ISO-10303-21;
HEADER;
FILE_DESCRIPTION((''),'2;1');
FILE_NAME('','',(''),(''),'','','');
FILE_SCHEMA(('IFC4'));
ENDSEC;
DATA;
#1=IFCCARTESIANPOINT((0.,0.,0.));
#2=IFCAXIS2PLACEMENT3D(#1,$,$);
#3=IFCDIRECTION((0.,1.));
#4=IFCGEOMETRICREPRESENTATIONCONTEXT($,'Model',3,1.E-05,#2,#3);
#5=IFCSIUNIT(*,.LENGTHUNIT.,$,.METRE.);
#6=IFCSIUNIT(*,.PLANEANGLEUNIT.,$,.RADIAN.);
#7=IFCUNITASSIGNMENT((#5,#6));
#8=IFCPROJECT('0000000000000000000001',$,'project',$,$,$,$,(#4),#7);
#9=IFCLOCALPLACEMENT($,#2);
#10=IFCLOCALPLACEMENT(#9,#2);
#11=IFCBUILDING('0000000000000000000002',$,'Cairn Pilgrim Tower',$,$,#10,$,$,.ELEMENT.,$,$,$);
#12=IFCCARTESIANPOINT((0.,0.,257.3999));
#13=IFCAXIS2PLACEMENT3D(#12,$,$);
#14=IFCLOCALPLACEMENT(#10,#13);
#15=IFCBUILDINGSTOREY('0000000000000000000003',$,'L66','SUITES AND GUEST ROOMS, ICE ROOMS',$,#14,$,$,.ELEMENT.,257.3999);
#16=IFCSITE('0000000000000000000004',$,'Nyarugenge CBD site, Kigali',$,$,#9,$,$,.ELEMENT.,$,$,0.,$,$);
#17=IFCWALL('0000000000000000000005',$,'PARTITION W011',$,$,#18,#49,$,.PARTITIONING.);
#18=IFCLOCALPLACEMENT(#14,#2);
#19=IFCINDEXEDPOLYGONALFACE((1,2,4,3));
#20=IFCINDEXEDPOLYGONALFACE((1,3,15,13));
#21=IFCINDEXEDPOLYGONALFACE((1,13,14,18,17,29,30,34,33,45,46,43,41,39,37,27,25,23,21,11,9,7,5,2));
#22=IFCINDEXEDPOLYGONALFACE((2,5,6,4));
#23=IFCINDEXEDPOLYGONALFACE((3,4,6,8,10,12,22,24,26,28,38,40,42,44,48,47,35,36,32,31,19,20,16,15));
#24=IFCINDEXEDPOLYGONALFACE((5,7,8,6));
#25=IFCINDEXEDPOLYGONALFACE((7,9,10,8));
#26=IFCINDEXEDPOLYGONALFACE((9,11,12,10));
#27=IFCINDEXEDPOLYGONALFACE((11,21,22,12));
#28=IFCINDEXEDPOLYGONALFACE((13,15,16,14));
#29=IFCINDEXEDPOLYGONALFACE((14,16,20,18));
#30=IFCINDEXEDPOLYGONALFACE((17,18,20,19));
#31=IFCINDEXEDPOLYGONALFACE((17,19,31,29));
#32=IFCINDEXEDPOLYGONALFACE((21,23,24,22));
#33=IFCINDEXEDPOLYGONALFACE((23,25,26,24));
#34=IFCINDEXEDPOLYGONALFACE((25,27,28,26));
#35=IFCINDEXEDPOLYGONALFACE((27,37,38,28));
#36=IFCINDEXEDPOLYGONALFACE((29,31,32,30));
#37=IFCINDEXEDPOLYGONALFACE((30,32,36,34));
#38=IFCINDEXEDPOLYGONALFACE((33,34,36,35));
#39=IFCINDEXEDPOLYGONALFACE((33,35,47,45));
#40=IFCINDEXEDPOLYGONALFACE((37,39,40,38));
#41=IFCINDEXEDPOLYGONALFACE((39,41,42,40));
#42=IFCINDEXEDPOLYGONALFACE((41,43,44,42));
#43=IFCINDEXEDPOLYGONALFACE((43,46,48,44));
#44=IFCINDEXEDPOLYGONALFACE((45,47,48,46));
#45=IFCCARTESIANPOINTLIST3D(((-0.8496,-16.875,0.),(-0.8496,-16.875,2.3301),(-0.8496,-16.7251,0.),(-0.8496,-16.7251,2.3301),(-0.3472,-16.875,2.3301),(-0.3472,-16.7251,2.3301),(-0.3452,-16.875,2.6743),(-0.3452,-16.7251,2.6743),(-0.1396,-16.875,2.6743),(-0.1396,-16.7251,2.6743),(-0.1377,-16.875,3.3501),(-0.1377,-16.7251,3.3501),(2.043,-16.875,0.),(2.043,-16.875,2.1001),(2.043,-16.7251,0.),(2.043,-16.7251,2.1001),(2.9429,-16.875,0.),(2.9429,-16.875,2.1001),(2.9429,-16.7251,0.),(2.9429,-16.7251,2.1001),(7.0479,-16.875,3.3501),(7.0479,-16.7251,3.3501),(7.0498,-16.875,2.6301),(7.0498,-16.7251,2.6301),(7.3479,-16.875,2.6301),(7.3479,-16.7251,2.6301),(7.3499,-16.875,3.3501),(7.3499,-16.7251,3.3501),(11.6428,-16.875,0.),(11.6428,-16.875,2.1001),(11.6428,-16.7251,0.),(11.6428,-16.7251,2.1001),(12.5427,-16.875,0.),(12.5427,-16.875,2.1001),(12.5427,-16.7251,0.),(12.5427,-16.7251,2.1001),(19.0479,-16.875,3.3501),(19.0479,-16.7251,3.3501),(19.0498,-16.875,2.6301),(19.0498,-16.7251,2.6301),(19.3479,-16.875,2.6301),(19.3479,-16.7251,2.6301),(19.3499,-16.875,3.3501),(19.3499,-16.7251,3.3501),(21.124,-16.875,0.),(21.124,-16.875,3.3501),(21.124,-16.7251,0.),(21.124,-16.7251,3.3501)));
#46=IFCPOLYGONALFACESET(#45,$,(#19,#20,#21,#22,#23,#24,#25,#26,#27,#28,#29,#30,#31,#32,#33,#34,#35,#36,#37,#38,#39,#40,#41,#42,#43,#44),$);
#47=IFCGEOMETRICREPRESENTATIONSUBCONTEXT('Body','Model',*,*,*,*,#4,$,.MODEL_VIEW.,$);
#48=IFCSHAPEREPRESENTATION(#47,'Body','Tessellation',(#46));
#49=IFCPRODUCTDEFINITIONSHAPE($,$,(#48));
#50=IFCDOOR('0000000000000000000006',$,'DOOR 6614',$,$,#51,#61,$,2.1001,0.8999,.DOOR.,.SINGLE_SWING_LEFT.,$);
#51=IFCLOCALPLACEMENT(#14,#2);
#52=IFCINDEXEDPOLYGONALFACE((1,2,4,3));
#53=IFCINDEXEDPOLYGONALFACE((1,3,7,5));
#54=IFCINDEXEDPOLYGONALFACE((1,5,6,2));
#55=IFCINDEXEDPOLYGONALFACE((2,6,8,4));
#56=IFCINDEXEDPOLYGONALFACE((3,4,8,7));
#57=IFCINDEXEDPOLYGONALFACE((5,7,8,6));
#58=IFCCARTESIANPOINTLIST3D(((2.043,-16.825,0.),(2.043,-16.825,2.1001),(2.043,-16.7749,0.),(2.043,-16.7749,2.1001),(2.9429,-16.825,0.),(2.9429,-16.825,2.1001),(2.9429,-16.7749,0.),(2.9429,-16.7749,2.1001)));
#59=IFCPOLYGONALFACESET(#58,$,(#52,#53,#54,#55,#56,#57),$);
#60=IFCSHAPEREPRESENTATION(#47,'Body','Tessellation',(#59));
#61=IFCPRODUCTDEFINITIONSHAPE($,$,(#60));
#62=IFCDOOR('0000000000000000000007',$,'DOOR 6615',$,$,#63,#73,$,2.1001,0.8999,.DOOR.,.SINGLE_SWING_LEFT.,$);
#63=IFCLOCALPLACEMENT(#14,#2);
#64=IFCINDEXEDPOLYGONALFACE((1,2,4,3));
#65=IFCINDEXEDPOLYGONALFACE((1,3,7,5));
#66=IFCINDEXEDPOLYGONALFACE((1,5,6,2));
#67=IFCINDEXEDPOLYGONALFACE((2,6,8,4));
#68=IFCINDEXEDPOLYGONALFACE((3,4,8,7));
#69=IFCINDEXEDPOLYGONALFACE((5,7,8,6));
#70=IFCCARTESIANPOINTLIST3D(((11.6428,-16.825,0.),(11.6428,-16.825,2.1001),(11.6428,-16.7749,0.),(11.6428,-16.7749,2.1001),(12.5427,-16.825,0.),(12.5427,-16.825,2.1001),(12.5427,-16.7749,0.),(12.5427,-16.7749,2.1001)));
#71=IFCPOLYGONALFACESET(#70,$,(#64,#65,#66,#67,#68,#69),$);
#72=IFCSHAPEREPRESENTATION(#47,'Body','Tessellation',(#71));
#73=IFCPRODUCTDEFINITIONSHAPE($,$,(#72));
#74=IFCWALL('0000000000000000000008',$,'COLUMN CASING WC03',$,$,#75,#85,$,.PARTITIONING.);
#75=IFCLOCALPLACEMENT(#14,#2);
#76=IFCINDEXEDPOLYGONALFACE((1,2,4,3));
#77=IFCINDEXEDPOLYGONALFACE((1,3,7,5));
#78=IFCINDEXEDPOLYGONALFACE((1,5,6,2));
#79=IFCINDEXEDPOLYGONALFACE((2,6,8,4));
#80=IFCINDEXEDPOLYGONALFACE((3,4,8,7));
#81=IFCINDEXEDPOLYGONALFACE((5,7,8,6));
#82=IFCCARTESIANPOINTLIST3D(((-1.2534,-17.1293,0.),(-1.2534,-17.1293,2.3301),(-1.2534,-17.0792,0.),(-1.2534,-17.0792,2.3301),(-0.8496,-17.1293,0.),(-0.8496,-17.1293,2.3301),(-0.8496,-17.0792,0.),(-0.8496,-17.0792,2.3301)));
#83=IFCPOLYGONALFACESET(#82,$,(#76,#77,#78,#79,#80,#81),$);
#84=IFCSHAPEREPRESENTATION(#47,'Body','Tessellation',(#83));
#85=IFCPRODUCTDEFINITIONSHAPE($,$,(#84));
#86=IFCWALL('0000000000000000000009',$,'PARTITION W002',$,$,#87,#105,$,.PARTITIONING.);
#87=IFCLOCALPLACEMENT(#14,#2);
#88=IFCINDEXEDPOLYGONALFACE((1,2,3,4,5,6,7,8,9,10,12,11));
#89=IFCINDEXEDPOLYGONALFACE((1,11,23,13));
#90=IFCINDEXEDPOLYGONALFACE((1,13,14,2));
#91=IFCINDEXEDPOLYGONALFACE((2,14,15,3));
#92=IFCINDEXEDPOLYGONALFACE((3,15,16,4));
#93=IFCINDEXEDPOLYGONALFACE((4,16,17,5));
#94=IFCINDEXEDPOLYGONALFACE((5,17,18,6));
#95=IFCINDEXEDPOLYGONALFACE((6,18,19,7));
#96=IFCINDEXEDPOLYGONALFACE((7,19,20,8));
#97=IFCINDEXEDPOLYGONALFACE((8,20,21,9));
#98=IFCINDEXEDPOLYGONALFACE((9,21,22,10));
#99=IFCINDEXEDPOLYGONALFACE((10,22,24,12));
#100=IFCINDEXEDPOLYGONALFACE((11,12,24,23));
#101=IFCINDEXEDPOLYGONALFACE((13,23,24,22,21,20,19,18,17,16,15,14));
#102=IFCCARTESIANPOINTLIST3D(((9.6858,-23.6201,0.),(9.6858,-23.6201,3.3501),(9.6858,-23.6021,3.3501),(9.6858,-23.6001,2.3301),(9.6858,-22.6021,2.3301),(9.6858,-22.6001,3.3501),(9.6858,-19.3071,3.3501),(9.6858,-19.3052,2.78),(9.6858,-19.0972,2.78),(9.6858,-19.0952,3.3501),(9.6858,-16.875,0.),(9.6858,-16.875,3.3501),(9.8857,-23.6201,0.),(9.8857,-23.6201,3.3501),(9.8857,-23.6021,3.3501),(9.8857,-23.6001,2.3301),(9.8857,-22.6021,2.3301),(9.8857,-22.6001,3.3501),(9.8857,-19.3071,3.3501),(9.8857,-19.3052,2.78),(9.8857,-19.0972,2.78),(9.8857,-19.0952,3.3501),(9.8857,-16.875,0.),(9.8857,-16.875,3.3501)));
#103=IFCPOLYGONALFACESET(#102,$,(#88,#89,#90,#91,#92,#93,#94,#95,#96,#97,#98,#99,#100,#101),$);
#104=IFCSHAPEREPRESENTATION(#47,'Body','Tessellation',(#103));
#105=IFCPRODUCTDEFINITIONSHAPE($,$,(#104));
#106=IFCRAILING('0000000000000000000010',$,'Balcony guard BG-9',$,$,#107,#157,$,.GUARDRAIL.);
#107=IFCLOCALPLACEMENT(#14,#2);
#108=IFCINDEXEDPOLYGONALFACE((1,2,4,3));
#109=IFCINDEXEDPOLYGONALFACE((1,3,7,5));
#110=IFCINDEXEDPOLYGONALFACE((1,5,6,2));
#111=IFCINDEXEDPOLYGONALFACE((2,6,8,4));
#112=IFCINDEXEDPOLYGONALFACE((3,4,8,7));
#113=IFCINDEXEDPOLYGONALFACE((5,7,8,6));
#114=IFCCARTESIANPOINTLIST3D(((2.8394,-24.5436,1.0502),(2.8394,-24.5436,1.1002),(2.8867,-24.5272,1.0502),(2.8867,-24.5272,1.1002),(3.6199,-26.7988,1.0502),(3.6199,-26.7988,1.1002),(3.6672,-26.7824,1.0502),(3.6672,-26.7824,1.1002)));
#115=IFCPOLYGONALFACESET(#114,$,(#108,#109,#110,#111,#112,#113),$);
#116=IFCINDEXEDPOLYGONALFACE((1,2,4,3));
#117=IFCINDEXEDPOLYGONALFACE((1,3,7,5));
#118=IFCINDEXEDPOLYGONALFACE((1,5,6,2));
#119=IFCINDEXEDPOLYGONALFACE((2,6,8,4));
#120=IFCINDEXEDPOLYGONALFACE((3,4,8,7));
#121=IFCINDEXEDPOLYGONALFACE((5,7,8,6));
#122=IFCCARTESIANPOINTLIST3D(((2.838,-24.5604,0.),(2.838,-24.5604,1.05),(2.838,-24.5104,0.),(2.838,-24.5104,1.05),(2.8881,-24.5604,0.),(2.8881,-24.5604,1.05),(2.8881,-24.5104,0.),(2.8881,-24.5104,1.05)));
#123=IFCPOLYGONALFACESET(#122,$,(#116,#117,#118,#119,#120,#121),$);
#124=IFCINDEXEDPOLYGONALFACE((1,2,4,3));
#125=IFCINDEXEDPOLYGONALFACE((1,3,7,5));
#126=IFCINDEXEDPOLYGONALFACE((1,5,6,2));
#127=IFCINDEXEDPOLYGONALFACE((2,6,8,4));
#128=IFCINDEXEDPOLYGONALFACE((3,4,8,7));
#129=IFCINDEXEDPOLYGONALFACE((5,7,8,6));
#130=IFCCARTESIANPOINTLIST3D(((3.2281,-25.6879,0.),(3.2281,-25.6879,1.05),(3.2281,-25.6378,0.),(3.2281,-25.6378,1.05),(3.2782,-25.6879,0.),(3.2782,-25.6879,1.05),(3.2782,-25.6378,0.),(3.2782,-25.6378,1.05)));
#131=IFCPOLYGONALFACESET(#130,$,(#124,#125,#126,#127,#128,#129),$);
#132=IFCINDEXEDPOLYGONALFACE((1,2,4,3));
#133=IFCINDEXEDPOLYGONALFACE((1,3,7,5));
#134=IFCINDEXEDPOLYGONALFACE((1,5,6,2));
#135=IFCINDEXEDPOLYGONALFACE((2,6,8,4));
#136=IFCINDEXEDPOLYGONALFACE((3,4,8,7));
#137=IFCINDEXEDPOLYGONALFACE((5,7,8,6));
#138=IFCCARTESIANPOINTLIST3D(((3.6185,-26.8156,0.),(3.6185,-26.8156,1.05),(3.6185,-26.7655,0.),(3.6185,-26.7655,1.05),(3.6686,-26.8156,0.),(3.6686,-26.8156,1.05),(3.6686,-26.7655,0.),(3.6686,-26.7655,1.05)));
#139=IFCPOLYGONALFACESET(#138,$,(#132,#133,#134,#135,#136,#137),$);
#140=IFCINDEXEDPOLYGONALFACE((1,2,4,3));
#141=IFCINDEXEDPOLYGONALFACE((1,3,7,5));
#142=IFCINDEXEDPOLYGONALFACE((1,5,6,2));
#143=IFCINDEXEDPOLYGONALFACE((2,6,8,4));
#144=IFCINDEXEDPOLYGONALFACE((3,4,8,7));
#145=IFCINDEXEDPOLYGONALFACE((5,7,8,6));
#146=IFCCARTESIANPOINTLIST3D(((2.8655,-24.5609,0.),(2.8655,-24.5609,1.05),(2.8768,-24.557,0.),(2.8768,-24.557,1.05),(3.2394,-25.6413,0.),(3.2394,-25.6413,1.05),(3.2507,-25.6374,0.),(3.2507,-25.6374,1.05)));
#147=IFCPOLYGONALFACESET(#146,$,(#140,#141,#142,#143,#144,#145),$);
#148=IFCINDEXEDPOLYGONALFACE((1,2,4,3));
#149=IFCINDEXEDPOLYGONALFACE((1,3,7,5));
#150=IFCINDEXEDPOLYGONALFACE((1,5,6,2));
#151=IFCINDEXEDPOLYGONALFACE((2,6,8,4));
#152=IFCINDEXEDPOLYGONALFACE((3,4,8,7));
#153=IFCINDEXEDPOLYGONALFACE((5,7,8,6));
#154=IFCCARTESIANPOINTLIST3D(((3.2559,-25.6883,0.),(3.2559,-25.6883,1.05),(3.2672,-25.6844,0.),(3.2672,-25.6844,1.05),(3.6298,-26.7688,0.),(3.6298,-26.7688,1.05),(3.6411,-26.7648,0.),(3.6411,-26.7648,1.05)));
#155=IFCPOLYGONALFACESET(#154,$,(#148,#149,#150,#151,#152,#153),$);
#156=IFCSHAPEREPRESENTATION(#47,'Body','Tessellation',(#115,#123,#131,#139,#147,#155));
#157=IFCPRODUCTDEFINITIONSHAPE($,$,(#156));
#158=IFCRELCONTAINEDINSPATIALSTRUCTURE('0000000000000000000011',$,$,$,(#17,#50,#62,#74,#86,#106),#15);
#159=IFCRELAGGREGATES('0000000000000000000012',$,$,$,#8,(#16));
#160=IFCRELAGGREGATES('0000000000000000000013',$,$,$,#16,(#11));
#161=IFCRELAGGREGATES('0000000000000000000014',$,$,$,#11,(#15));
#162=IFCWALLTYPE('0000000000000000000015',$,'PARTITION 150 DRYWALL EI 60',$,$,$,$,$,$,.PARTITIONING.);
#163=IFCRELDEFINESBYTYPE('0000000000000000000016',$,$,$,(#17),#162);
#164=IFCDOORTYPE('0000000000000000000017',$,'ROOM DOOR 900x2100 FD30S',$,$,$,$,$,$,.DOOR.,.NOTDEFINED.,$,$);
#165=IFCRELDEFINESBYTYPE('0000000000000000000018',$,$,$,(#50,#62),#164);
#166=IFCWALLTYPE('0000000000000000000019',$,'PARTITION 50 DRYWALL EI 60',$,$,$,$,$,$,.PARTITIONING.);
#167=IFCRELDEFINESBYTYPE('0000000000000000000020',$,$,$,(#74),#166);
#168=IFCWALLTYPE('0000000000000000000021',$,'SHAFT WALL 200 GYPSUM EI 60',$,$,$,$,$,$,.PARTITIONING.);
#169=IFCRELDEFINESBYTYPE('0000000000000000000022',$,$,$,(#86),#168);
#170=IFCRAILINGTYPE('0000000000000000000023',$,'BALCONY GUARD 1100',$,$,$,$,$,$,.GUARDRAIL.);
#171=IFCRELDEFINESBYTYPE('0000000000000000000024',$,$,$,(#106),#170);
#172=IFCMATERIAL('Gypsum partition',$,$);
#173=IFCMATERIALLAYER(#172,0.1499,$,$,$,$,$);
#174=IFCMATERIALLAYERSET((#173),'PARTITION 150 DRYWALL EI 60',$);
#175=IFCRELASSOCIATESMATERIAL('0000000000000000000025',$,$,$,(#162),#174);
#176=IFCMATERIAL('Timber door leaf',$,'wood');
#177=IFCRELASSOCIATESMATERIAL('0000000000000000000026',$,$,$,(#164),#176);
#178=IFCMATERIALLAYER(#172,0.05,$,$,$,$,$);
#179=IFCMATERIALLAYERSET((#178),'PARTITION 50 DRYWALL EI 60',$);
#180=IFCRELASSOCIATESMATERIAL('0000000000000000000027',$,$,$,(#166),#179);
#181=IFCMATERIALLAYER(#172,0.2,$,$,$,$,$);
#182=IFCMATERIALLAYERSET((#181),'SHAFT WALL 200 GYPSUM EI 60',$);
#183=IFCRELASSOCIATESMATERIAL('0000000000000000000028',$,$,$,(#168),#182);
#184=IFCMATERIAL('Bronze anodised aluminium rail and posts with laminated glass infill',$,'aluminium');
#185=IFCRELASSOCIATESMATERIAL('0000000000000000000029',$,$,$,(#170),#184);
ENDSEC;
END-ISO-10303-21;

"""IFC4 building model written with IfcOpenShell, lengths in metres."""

from ifc_helpers import new_model, si_unit, direction, frame, frame_2d, origin, origin_2d, place, context, subcontext, project, spatial, polyline, rectangle, outline, extrude, material, layer, layer_set, type_object, element, fill, save


model = new_model("IFC4")

# Units and contexts
model_context = context("Model", 3, precision=1e-05, world=origin(), true_north=direction((0.0, 1.0)))
body_context = subcontext(model_context, "Body", "Model", "MODEL_VIEW")
ifc_project = project(units=[si_unit("LENGTHUNIT", "METRE"), si_unit("PLANEANGLEUNIT", "RADIAN")], contexts=[model_context])

# Site, building, storey
site_placement = place(None, origin())
site = spatial("IfcSite", under=ifc_project, at=site_placement, Name="Nyarugenge CBD site, Kigali", CompositionType="ELEMENT", RefElevation=0.0)
building_placement = place(site_placement, origin())
building = spatial("IfcBuilding", under=site, at=building_placement, Name="Cairn Pilgrim Tower", CompositionType="ELEMENT")
storey_placement = place(building_placement, frame((0.0, 0.0, 257.3999)))
storey = spatial("IfcBuildingStorey", under=building, at=storey_placement, Name="L66", Description="SUITES AND GUEST ROOMS, ICE ROOMS", CompositionType="ELEMENT", Elevation=257.3999)

# Shared definitions
ifc_material_1 = material(Name="Gypsum partition")
ifc_material_2 = material(Name="Timber door leaf", Category="wood")

# Wall, openings, doors
ifc_layer_1 = layer(ifc_material_1, 0.1499)
ifc_layer_set_1 = layer_set([ifc_layer_1], Name="PARTITION 150 DRYWALL EI 60")
wall_type_1 = type_object("IfcWallType", Name="PARTITION 150 DRYWALL EI 60", PredefinedType="PARTITIONING", material=ifc_layer_set_1)
wall_1_placement = place(storey_placement, frame((-0.8496, -16.8, 0.0), z_axis=(0.0, 0.0, 1.0), x_axis=(1.0, 0.0, 0.0)))
wall_1 = element("IfcWall", 1, at=wall_1_placement, inside=storey, type_object=wall_type_1, Name="PARTITION W011", PredefinedType="PARTITIONING", context=body_context, shape_type="SweptSolid", body=[
    extrude(outline(polyline([(0.0, 0.0), (21.9736, 0.0), (21.9736, 3.3501), (20.1995, 3.3501), (20.1975, 2.6301), (19.8994, 2.6301), (19.8975, 3.3501), (8.1995, 3.3501), (8.1975, 2.6301), (7.8994, 2.6301), (7.8975, 3.3501), (0.7119, 3.3501), (0.71, 2.6743), (0.5044, 2.6743), (0.5024, 2.3301), (0.0, 2.3301), (0.0, 0.0)])), frame((0.0, 0.075, 0.0), z_axis=(0.0, -1.0, 0.0), x_axis=(1.0, 0.0, 0.0)), (0.0, 0.0, 1.0), 0.1499),
])
opening_1_placement = place(wall_1_placement, frame((2.8926, 0.0, 0.0)))
opening_1 = element("IfcOpeningElement", 2, at=opening_1_placement, cuts=wall_1, PredefinedType="OPENING", context=body_context, shape_type="SweptSolid", body=[
    extrude(rectangle(XDim=0.8999, YDim=2.1001, at=frame_2d((0.45, 1.05))), frame((0.0, 0.085, 0.0), z_axis=(0.0, -1.0, 0.0), x_axis=(1.0, 0.0, 0.0)), (0.0, 0.0, 1.0), 0.1699),
])
opening_2_placement = place(wall_1_placement, frame((12.4924, 0.0, 0.0)))
opening_2 = element("IfcOpeningElement", 3, at=opening_2_placement, cuts=wall_1, PredefinedType="OPENING", context=body_context, shape_type="SweptSolid", body=[
    extrude(rectangle(XDim=0.8999, YDim=2.1001, at=frame_2d((0.45, 1.05))), frame((0.0, 0.085, 0.0), z_axis=(0.0, -1.0, 0.0), x_axis=(1.0, 0.0, 0.0)), (0.0, 0.0, 1.0), 0.1699),
])
door_type_1 = type_object("IfcDoorType", Name="ROOM DOOR 900x2100 FD30S", OperationType="NOTDEFINED", PredefinedType="DOOR", material=ifc_material_2)
door_1_placement = place(opening_1_placement, frame((0.8999, 0.0, 0.0), z_axis=(0.0, 0.0, 1.0), x_axis=(-1.0, 0.0, 0.0)))
door_1 = element("IfcDoor", 4, at=door_1_placement, inside=storey, type_object=door_type_1, Name="DOOR 6614", OperationType="SINGLE_SWING_LEFT", OverallHeight=2.1001, OverallWidth=0.8999, PredefinedType="DOOR", context=body_context, shape_type="SweptSolid", body=[
    extrude(rectangle(XDim=0.8999, YDim=2.1001, at=frame_2d((0.45, 1.05))), frame((0.0, 0.0249, 0.0), z_axis=(0.0, -1.0, 0.0), x_axis=(1.0, 0.0, 0.0)), (0.0, 0.0, 1.0), 0.05),
])
fill(opening_1, door_1)
door_2_placement = place(opening_2_placement, frame((0.8999, 0.0, 0.0), z_axis=(0.0, 0.0, 1.0), x_axis=(-1.0, 0.0, 0.0)))
door_2 = element("IfcDoor", 5, at=door_2_placement, inside=storey, type_object=door_type_1, Name="DOOR 6615", OperationType="SINGLE_SWING_LEFT", OverallHeight=2.1001, OverallWidth=0.8999, PredefinedType="DOOR", context=body_context, shape_type="SweptSolid", body=[
    extrude(rectangle(XDim=0.8999, YDim=2.1001, at=frame_2d((0.45, 1.05))), frame((0.0, 0.0249, 0.0), z_axis=(0.0, -1.0, 0.0), x_axis=(1.0, 0.0, 0.0)), (0.0, 0.0, 1.0), 0.05),
])
fill(opening_2, door_2)

# Walls
ifc_layer_2 = layer(ifc_material_1, 0.05)
ifc_layer_set_2 = layer_set([ifc_layer_2], Name="PARTITION 50 DRYWALL EI 60")
wall_type_2 = type_object("IfcWallType", Name="PARTITION 50 DRYWALL EI 60", PredefinedType="PARTITIONING", material=ifc_layer_set_2)
wall_2_placement = place(storey_placement, frame((-1.2534, -17.1042, 0.0), z_axis=(0.0, 0.0, 1.0), x_axis=(1.0, 0.0, 0.0)))
element("IfcWall", 6, at=wall_2_placement, inside=storey, type_object=wall_type_2, Name="COLUMN CASING WC03", PredefinedType="PARTITIONING", context=body_context, shape_type="SweptSolid", body=[
    extrude(rectangle(XDim=0.4038, YDim=0.05, at=frame_2d((0.2019, 0.0))), origin(), (0.0, 0.0, 1.0), 2.3301),
])
ifc_layer_3 = layer(ifc_material_1, 0.2)
ifc_layer_set_3 = layer_set([ifc_layer_3], Name="SHAFT WALL 200 GYPSUM EI 60")
wall_type_3 = type_object("IfcWallType", Name="SHAFT WALL 200 GYPSUM EI 60", PredefinedType="PARTITIONING", material=ifc_layer_set_3)
wall_3_placement = place(storey_placement, frame((9.7859, -23.6201, 0.0), z_axis=(0.0, 0.0, 1.0), x_axis=(0.0, 1.0, 0.0)))
element("IfcWall", 7, at=wall_3_placement, inside=storey, type_object=wall_type_3, Name="PARTITION W002", PredefinedType="PARTITIONING", context=body_context, shape_type="SweptSolid", body=[
    extrude(outline(polyline([(0.0, 0.0), (6.7451, 0.0), (6.7451, 3.3501), (4.5249, 3.3501), (4.5229, 2.78), (4.3149, 2.78), (4.313, 3.3501), (1.02, 3.3501), (1.0181, 2.3301), (0.02, 2.3301), (0.0181, 3.3501), (0.0, 3.3501), (0.0, 0.0)])), frame((0.0, 0.1001, 0.0), z_axis=(0.0, -1.0, 0.0), x_axis=(1.0, 0.0, 0.0)), (0.0, 0.0, 1.0), 0.2),
])

# Railing
ifc_material_3 = material(Name="Bronze anodised aluminium rail and posts with laminated glass infill", Category="aluminium")
railing_type_1 = type_object("IfcRailingType", Name="BALCONY GUARD 1100", PredefinedType="GUARDRAIL", material=ifc_material_3)
railing_1_placement = place(storey_placement, frame((2.863, -24.5354, 0.0)))
element("IfcRailing", 8, at=railing_1_placement, inside=storey, type_object=railing_type_1, Name="Balcony guard BG-9", PredefinedType="GUARDRAIL", context=body_context, shape_type="SweptSolid", body=[
    extrude(rectangle(XDim=0.05, YDim=0.05, at=origin_2d()), frame((0.0, 0.0, 1.0752), z_axis=(0.327072, -0.944999, 0.0), x_axis=(0.944999, 0.327072, 0.0)), (0.0, 0.0, 1.0), 2.3865),
    extrude(rectangle(XDim=0.05, YDim=0.05, at=origin_2d()), origin(), (0.0, 0.0, 1.0), 1.05),
    extrude(rectangle(XDim=0.05, YDim=0.05, at=origin_2d()), frame((0.3901, -1.1274, 0.0)), (0.0, 0.0, 1.0), 1.05),
    extrude(rectangle(XDim=0.05, YDim=0.05, at=origin_2d()), frame((0.7805, -2.2551, 0.0)), (0.0, 0.0, 1.0), 1.05),
    extrude(outline(polyline([(0.0249, 0.0), (1.1682, 0.0), (1.1682, 1.05), (0.0249, 1.05), (0.0249, 0.0)])), frame((0.0056, 0.002, 0.0), z_axis=(-0.944999, -0.327072, 0.0), x_axis=(0.327072, -0.944999, 0.0)), (0.0, 0.0, 1.0), 0.012),
    extrude(outline(polyline([(0.0249, 0.0), (1.1682, 0.0), (1.1682, 1.05), (0.0249, 1.05), (0.0249, 0.0)])), frame((0.396, -1.1255, 0.0), z_axis=(-0.944999, -0.327072, 0.0), x_axis=(0.327072, -0.944999, 0.0)), (0.0, 0.0, 1.0), 0.012),
])

save(model, "model.ifc")
